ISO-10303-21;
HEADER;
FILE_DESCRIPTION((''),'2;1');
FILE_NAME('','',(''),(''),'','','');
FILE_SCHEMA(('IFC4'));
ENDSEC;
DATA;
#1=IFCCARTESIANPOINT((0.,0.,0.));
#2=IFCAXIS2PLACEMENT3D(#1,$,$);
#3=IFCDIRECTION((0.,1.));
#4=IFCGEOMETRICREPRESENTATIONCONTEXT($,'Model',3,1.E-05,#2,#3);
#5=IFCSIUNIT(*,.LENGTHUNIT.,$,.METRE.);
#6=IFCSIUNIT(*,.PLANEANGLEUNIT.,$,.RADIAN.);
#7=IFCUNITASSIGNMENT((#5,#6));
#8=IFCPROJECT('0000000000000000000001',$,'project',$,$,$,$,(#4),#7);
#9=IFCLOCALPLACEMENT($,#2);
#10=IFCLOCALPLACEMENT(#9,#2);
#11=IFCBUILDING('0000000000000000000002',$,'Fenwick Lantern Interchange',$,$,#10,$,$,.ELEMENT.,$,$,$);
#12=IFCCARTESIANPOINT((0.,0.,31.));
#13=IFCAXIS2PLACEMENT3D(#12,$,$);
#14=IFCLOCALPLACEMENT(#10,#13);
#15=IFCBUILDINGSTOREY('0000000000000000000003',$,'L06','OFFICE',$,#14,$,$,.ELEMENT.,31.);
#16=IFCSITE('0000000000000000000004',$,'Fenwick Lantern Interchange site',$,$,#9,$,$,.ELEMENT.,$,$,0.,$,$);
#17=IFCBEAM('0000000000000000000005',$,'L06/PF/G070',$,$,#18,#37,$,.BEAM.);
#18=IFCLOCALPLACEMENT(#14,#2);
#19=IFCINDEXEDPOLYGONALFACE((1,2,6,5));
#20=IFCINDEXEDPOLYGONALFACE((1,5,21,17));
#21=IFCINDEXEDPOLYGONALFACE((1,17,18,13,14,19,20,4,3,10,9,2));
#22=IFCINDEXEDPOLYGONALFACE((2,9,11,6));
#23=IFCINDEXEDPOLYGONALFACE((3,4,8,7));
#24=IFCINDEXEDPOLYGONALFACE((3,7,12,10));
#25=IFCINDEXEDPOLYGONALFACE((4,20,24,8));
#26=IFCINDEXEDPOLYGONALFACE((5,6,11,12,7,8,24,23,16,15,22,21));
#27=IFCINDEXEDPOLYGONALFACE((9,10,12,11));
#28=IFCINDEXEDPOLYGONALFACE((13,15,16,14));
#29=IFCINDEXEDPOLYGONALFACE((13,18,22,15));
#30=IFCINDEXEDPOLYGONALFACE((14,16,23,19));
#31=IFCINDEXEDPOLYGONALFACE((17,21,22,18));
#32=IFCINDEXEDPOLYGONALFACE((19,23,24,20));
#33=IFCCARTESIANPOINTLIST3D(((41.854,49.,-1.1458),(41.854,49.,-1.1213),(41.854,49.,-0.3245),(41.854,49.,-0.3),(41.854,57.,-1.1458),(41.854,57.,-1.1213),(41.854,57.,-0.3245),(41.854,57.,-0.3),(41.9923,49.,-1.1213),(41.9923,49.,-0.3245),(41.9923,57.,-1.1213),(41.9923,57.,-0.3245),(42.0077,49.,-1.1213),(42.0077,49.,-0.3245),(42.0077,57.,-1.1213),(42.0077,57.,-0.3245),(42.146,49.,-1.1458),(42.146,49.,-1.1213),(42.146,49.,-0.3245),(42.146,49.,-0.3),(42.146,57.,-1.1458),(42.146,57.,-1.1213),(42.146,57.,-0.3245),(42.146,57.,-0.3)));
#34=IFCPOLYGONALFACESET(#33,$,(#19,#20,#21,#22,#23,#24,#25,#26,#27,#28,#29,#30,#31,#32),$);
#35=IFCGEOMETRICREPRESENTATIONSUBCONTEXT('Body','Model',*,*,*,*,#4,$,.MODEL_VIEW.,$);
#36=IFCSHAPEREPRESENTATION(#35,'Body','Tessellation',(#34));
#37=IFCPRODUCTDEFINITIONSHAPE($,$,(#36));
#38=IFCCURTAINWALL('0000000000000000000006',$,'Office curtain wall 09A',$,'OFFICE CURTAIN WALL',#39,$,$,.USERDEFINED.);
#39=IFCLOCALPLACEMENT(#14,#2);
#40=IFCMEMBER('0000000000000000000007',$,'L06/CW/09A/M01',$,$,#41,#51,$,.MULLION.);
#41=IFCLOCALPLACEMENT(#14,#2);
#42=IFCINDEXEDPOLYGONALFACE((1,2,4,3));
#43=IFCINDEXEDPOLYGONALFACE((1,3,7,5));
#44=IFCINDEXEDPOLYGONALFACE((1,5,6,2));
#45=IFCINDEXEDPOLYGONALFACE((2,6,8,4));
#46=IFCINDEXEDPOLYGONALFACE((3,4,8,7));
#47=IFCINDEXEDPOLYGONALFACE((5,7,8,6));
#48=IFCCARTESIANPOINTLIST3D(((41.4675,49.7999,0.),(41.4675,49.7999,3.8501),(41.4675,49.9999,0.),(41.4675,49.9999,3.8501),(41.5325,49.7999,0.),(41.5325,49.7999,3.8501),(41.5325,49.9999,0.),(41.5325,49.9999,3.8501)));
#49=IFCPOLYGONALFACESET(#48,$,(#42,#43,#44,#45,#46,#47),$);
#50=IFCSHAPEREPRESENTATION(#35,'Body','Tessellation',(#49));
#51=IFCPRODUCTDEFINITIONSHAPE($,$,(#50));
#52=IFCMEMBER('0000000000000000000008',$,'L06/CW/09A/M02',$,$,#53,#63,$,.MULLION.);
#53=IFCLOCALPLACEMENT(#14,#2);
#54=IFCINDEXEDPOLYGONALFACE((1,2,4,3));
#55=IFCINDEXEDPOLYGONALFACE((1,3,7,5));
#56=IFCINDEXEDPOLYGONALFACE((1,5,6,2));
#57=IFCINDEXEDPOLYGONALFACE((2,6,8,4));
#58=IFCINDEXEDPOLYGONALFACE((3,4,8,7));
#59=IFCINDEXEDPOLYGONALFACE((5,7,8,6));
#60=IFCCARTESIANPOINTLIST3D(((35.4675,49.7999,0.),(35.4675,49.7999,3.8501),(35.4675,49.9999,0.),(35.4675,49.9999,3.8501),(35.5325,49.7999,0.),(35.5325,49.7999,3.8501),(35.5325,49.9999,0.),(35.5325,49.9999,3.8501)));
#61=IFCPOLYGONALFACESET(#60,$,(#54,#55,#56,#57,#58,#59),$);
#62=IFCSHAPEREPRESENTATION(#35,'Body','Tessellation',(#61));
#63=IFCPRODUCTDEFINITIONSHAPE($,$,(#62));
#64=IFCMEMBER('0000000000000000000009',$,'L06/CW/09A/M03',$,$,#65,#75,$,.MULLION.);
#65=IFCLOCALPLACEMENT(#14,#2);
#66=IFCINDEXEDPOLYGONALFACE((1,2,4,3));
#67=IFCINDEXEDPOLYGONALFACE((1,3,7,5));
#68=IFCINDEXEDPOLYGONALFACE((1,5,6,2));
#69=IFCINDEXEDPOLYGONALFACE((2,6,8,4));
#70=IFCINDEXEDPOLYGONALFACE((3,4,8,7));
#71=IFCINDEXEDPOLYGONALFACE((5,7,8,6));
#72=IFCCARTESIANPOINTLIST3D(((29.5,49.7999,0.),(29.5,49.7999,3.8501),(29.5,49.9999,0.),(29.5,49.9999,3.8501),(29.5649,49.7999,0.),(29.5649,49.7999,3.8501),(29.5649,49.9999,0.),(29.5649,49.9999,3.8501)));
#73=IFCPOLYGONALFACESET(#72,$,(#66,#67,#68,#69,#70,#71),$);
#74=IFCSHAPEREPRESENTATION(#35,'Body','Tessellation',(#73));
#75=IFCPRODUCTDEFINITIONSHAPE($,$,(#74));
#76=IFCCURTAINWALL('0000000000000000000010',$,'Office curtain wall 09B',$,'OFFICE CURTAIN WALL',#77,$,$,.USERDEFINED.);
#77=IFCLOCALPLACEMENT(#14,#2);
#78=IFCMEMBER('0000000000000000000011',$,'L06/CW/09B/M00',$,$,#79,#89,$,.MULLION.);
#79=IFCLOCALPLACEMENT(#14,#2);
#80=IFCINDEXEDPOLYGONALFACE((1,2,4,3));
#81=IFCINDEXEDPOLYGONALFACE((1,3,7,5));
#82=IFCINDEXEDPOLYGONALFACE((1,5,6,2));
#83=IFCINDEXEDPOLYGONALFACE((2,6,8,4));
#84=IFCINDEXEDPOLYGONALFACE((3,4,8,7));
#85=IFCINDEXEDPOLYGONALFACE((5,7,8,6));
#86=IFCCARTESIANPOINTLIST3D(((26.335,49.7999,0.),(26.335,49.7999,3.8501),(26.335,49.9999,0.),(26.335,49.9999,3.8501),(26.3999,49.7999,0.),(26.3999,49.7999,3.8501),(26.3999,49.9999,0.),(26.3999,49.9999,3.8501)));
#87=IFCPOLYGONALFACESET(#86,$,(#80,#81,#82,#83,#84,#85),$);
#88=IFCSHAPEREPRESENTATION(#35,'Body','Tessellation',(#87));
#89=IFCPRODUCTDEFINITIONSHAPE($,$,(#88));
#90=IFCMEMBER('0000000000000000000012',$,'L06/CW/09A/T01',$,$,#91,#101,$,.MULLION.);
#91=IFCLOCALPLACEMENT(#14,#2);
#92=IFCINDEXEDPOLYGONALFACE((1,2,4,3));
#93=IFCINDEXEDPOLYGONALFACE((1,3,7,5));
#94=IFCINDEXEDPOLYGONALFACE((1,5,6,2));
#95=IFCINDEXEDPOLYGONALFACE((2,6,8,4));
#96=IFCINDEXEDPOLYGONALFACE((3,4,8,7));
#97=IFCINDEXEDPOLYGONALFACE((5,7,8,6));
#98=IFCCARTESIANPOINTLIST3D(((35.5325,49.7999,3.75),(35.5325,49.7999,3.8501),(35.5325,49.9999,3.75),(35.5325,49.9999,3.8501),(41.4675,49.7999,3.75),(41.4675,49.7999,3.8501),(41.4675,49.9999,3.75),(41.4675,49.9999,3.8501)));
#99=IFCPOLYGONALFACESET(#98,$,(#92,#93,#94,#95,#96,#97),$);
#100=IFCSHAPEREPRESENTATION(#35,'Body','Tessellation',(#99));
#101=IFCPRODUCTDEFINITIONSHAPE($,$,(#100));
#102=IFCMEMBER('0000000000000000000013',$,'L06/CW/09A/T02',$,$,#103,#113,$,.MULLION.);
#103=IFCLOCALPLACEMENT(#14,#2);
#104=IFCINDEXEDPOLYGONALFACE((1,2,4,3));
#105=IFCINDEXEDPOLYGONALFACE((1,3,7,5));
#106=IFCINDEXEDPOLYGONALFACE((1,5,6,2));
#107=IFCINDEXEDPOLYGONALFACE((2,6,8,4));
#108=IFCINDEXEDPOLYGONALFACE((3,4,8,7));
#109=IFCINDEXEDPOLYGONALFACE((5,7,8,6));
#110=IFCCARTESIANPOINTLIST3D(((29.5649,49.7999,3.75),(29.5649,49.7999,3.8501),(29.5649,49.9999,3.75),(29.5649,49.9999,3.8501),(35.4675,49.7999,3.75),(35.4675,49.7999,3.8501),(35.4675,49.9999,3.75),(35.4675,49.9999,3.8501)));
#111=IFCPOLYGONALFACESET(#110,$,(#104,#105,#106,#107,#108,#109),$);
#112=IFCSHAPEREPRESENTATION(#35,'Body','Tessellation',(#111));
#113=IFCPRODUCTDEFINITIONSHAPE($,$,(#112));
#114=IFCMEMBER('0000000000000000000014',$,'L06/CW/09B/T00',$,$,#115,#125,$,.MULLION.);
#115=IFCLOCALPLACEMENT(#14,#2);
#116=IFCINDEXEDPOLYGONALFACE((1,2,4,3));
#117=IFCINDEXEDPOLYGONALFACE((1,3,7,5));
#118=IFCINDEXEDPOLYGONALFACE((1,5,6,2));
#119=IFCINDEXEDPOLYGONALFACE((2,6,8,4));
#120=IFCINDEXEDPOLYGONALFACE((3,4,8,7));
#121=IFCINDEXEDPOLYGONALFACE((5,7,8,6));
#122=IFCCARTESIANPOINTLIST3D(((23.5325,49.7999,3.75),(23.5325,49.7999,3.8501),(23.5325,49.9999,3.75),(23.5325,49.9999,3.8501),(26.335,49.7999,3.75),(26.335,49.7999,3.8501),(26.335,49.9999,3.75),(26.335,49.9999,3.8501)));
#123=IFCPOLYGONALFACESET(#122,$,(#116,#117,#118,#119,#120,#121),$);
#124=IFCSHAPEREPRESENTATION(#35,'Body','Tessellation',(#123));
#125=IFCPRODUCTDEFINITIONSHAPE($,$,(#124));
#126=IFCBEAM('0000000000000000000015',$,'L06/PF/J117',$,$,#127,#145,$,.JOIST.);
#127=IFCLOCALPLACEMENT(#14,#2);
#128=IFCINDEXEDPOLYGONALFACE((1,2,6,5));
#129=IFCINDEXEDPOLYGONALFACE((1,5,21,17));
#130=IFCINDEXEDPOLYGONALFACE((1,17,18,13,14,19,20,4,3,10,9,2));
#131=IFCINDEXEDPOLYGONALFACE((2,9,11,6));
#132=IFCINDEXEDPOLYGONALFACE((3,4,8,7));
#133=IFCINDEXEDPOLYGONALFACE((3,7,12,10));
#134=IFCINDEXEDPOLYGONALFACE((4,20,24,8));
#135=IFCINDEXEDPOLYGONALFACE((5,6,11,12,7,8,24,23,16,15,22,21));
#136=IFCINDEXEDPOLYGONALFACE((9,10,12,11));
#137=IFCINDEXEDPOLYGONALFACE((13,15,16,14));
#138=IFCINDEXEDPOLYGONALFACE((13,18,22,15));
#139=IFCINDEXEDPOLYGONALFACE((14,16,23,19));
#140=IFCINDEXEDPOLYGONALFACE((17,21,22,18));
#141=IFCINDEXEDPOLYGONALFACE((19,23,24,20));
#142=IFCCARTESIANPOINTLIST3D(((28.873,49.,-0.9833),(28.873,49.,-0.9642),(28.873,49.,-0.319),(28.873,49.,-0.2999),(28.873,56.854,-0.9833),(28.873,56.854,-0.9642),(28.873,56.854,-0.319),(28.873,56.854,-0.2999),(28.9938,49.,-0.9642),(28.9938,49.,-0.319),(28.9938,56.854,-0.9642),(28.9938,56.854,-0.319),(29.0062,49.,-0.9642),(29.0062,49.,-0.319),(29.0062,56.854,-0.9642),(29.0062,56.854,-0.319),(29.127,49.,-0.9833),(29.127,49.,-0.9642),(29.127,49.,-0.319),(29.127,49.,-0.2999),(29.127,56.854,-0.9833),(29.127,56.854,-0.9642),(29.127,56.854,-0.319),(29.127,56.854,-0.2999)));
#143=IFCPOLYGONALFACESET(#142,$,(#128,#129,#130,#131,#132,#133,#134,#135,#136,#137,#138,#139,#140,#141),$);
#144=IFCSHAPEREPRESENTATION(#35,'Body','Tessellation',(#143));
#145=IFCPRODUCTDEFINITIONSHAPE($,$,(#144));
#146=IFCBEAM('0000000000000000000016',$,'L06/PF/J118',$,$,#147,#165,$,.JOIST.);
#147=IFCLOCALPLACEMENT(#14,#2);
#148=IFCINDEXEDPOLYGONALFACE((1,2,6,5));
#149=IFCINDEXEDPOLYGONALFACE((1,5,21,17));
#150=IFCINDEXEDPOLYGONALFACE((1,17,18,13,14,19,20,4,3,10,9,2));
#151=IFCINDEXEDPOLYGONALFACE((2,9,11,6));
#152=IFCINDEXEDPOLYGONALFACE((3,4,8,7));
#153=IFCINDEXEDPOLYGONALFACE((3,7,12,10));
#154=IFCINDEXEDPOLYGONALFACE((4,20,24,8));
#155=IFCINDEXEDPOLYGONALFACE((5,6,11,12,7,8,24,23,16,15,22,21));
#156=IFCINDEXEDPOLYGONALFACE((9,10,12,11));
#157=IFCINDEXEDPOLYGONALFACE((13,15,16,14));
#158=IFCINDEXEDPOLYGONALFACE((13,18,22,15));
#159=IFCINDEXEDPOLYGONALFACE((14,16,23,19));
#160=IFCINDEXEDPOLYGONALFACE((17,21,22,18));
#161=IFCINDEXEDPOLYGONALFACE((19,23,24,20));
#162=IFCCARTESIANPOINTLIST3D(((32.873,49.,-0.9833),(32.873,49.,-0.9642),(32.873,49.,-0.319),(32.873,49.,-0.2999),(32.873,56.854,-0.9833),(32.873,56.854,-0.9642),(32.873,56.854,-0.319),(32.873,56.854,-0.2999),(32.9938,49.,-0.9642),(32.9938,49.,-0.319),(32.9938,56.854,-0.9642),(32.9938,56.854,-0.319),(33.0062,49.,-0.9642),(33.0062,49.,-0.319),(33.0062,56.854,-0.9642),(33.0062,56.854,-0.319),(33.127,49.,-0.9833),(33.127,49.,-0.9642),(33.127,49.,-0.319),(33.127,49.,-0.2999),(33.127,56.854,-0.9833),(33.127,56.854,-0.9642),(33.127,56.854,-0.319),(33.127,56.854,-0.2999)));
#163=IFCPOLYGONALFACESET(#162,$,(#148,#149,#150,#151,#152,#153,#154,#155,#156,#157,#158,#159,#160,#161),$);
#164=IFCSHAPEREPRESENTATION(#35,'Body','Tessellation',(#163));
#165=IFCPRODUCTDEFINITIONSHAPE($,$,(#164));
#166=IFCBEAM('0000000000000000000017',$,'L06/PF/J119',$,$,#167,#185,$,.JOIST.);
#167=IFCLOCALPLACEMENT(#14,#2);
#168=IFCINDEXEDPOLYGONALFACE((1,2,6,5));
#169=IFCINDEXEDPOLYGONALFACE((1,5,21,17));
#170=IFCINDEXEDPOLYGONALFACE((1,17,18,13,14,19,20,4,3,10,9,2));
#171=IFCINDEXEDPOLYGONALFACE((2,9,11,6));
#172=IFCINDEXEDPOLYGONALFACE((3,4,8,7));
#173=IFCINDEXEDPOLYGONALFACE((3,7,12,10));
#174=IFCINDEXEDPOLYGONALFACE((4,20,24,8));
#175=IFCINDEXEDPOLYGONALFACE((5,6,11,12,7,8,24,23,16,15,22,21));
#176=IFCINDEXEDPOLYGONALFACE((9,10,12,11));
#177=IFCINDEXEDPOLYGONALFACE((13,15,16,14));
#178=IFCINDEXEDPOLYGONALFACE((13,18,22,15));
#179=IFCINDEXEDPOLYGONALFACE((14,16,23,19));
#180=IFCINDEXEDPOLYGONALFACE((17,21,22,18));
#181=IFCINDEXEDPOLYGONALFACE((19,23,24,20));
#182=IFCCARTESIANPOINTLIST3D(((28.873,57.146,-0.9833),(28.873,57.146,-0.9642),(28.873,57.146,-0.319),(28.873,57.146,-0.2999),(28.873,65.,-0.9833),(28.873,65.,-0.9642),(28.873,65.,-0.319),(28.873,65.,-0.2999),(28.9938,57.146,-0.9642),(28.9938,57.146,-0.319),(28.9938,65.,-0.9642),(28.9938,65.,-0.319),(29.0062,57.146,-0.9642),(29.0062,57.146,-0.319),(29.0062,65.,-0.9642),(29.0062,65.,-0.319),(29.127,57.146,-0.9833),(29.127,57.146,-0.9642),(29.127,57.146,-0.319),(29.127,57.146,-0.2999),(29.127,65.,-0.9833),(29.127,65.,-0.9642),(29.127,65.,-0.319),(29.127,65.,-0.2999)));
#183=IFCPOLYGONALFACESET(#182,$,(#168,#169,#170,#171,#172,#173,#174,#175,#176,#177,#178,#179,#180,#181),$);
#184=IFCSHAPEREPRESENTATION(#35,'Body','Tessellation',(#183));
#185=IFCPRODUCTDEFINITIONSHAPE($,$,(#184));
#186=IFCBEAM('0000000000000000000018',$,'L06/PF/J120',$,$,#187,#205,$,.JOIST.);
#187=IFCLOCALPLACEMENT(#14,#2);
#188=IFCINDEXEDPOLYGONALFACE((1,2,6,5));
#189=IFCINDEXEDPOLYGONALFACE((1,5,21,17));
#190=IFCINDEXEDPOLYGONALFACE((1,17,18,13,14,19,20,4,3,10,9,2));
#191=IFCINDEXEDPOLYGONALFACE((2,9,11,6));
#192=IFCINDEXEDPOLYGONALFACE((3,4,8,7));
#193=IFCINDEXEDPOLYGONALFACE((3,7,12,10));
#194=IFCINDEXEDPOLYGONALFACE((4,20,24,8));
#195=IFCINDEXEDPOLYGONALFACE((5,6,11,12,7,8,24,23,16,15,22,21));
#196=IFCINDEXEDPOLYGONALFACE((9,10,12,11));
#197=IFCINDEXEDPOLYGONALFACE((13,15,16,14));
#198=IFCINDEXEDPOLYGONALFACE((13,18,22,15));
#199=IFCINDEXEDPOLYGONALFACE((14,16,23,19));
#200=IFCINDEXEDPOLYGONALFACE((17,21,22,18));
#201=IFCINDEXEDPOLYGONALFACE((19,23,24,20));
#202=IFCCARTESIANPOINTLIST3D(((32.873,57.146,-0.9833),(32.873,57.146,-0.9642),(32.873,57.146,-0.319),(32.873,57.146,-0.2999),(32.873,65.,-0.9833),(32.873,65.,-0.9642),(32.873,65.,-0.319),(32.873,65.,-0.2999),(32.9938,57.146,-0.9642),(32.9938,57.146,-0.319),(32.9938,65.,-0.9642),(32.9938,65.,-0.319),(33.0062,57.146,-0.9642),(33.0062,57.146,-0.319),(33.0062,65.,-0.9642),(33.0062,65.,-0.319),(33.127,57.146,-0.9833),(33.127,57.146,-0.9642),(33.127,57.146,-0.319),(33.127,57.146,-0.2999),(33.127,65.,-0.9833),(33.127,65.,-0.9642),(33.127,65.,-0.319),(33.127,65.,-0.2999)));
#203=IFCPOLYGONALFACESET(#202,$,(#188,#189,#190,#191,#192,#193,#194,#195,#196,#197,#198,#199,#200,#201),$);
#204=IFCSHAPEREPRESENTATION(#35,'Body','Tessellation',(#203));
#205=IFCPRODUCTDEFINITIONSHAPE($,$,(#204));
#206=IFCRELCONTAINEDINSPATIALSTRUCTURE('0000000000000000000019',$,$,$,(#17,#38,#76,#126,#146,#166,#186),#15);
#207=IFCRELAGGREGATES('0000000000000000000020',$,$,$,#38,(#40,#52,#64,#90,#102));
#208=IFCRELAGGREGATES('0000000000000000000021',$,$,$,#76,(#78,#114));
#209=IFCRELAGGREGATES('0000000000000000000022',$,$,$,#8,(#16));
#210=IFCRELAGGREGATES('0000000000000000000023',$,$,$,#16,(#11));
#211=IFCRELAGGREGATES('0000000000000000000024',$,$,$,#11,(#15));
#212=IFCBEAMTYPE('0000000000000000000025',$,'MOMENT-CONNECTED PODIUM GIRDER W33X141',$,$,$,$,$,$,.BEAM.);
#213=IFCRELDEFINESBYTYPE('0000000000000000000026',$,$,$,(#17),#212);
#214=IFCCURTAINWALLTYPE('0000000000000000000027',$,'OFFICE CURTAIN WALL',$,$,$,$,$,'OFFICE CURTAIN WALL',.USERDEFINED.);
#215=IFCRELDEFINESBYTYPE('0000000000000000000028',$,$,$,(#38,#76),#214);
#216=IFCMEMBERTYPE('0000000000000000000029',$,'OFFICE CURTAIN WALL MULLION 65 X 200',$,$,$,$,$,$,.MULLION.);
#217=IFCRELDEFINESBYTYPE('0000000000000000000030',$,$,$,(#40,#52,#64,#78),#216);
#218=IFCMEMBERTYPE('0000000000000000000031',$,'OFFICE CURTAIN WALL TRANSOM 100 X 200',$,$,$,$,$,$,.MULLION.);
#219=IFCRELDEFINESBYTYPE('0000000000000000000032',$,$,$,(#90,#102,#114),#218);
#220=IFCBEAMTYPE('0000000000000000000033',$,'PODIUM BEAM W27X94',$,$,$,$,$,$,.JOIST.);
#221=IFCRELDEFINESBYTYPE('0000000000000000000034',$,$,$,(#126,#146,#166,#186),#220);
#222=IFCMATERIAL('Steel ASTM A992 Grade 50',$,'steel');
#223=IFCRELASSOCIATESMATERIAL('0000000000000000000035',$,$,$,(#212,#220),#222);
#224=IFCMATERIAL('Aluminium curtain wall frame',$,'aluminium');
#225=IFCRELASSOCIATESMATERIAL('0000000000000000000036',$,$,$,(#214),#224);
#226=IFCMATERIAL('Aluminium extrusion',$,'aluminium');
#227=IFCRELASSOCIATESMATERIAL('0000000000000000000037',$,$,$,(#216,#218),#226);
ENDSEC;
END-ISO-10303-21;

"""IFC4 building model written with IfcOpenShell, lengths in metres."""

from ifc_helpers import new_model, si_unit, direction, frame, origin, origin_2d, place, context, subcontext, project, spatial, rectangle, i_section, extrude, material, material_profile, profile_set, type_object, element, aggregate, save


model = new_model("IFC4")

# Units and contexts
model_context = context("Model", 3, precision=1e-05, world=origin(), true_north=direction((0.0, 1.0)))
body_context = subcontext(model_context, "Body", "Model", "MODEL_VIEW")
ifc_project = project(units=[si_unit("LENGTHUNIT", "METRE"), si_unit("PLANEANGLEUNIT", "RADIAN")], contexts=[model_context])

# Site, building, storey
site_placement = place(None, origin())
site = spatial("IfcSite", under=ifc_project, at=site_placement, Name="Fenwick Lantern Interchange site", CompositionType="ELEMENT", RefElevation=0.0)
building_placement = place(site_placement, origin())
building = spatial("IfcBuilding", under=site, at=building_placement, Name="Fenwick Lantern Interchange", CompositionType="ELEMENT")
storey_placement = place(building_placement, frame((0.0, 0.0, 31.0)))
storey = spatial("IfcBuildingStorey", under=building, at=storey_placement, Name="L06", Description="OFFICE", CompositionType="ELEMENT", Elevation=31.0)

# Shared definitions
ifc_material_1 = material(Name="Steel ASTM A992 Grade 50", Category="steel")

# Beam
ifc_material_profile_1 = material_profile(ifc_material_1, i_section(OverallWidth=0.292, OverallDepth=0.8457, WebThickness=0.0154, FlangeThickness=0.0244, at=origin_2d()), Name="W33X141")
ifc_profile_set_1 = profile_set([ifc_material_profile_1], Name="Steel ASTM A992 Grade 50")
beam_type_1 = type_object("IfcBeamType", Name="MOMENT-CONNECTED PODIUM GIRDER W33X141", PredefinedType="BEAM", material=ifc_profile_set_1)
for number, where, z_axis, x_axis, name in (
    (1, (42.0, 49.0, -0.7229), (0.0, 1.0, 0.0), (-1.0, 0.0, 0.0), "L06/PF/G070"),
):
    element("IfcBeam", number, at=place(storey_placement, frame(where, z_axis=z_axis, x_axis=x_axis)), inside=storey, type_object=beam_type_1, Name=name, PredefinedType="BEAM", context=body_context, shape_type="SweptSolid", body=[
        extrude(i_section(OverallWidth=0.292, OverallDepth=0.8457, WebThickness=0.0154, FlangeThickness=0.0244, at=origin_2d()), origin(), (0.0, 0.0, 1.0), 8.0),
    ])

# Curtain wall, members
ifc_material_2 = material(Name="Aluminium curtain wall frame", Category="aluminium")
curtain_wall_type = type_object("IfcCurtainWallType", Name="OFFICE CURTAIN WALL", ElementType="OFFICE CURTAIN WALL", PredefinedType="USERDEFINED", material=ifc_material_2)
curtain_wall_1_placement = place(storey_placement, origin())
curtain_wall_1 = element("IfcCurtainWall", 2, at=curtain_wall_1_placement, inside=storey, type_object=curtain_wall_type, Name="Office curtain wall 09A", ObjectType="OFFICE CURTAIN WALL", PredefinedType="USERDEFINED")
ifc_material_3 = material(Name="Aluminium extrusion", Category="aluminium")
ifc_material_profile_2 = material_profile(ifc_material_3, rectangle(XDim=0.2, YDim=0.0649, at=origin_2d()), Name="OFFICE CURTAIN WALL MULLION 65 X 200")
ifc_profile_set_2 = profile_set([ifc_material_profile_2], Name="Aluminium extrusion")
member_type_1 = type_object("IfcMemberType", Name="OFFICE CURTAIN WALL MULLION 65 X 200", PredefinedType="MULLION", material=ifc_profile_set_2)
member_1_placement = place(storey_placement, frame((41.5, 49.8999, 0.0), z_axis=(0.0, 0.0, 1.0), x_axis=(0.0, -1.0, 0.0)))
member_1 = element("IfcMember", 3, at=member_1_placement, type_object=member_type_1, Name="L06/CW/09A/M01", PredefinedType="MULLION", context=body_context, shape_type="SweptSolid", body=[
    extrude(rectangle(XDim=0.2, YDim=0.0649, at=origin_2d()), origin(), (0.0, 0.0, 1.0), 3.8501),
])
member_2_placement = place(storey_placement, frame((35.5, 49.8999, 0.0), z_axis=(0.0, 0.0, 1.0), x_axis=(0.0, -1.0, 0.0)))
member_2 = element("IfcMember", 4, at=member_2_placement, type_object=member_type_1, Name="L06/CW/09A/M02", PredefinedType="MULLION", context=body_context, shape_type="SweptSolid", body=[
    extrude(rectangle(XDim=0.2, YDim=0.0649, at=origin_2d()), origin(), (0.0, 0.0, 1.0), 3.8501),
])
member_3_placement = place(storey_placement, frame((29.5325, 49.8999, 0.0), z_axis=(0.0, 0.0, 1.0), x_axis=(0.0, -1.0, 0.0)))
member_3 = element("IfcMember", 5, at=member_3_placement, type_object=member_type_1, Name="L06/CW/09A/M03", PredefinedType="MULLION", context=body_context, shape_type="SweptSolid", body=[
    extrude(rectangle(XDim=0.2, YDim=0.0649, at=origin_2d()), origin(), (0.0, 0.0, 1.0), 3.8501),
])

# Curtain wall, member
curtain_wall_2_placement = place(storey_placement, origin())
curtain_wall_2 = element("IfcCurtainWall", 6, at=curtain_wall_2_placement, inside=storey, type_object=curtain_wall_type, Name="Office curtain wall 09B", ObjectType="OFFICE CURTAIN WALL", PredefinedType="USERDEFINED")
member_4_placement = place(storey_placement, frame((26.3674, 49.8999, 0.0), z_axis=(0.0, 0.0, 1.0), x_axis=(0.0, -1.0, 0.0)))
member_4 = element("IfcMember", 7, at=member_4_placement, type_object=member_type_1, Name="L06/CW/09B/M00", PredefinedType="MULLION", context=body_context, shape_type="SweptSolid", body=[
    extrude(rectangle(XDim=0.2, YDim=0.0649, at=origin_2d()), origin(), (0.0, 0.0, 1.0), 3.8501),
])

# Members
ifc_material_profile_3 = material_profile(ifc_material_3, rectangle(XDim=0.2, YDim=0.1001, at=origin_2d()), Name="OFFICE CURTAIN WALL TRANSOM 100 X 200")
ifc_profile_set_3 = profile_set([ifc_material_profile_3], Name="Aluminium extrusion")
member_type_2 = type_object("IfcMemberType", Name="OFFICE CURTAIN WALL TRANSOM 100 X 200", PredefinedType="MULLION", material=ifc_profile_set_3)
member_5_placement = place(storey_placement, frame((41.4675, 49.8999, 3.8), z_axis=(-1.0, 0.0, 0.0), x_axis=(0.0, -1.0, 0.0)))
member_5 = element("IfcMember", 8, at=member_5_placement, type_object=member_type_2, Name="L06/CW/09A/T01", PredefinedType="MULLION", context=body_context, shape_type="SweptSolid", body=[
    extrude(rectangle(XDim=0.2, YDim=0.1001, at=origin_2d()), origin(), (0.0, 0.0, 1.0), 5.9351),
])
member_6_placement = place(storey_placement, frame((35.4675, 49.8999, 3.8), z_axis=(-1.0, 0.0, 0.0), x_axis=(0.0, -1.0, 0.0)))
member_6 = element("IfcMember", 9, at=member_6_placement, type_object=member_type_2, Name="L06/CW/09A/T02", PredefinedType="MULLION", context=body_context, shape_type="SweptSolid", body=[
    extrude(rectangle(XDim=0.2, YDim=0.1001, at=origin_2d()), origin(), (0.0, 0.0, 1.0), 5.9026),
])
aggregate(curtain_wall_1, [member_1, member_2, member_3, member_5, member_6])
member_7_placement = place(storey_placement, frame((26.335, 49.8999, 3.8), z_axis=(-1.0, 0.0, 0.0), x_axis=(0.0, -1.0, 0.0)))
member_7 = element("IfcMember", 10, at=member_7_placement, type_object=member_type_2, Name="L06/CW/09B/T00", PredefinedType="MULLION", context=body_context, shape_type="SweptSolid", body=[
    extrude(rectangle(XDim=0.2, YDim=0.1001, at=origin_2d()), origin(), (0.0, 0.0, 1.0), 2.8025),
])

# Beams
ifc_material_profile_4 = material_profile(ifc_material_1, i_section(OverallWidth=0.2539, OverallDepth=0.6833, WebThickness=0.0125, FlangeThickness=0.019, at=origin_2d()), Name="W27X94")
ifc_profile_set_4 = profile_set([ifc_material_profile_4], Name="Steel ASTM A992 Grade 50")
beam_type_2 = type_object("IfcBeamType", Name="PODIUM BEAM W27X94", PredefinedType="JOIST", material=ifc_profile_set_4)
for number, where, z_axis, x_axis, name in (
    (11, (29.0, 49.0, -0.6416), (0.0, 1.0, 0.0), (-1.0, 0.0, 0.0), "L06/PF/J117"),
    (12, (33.0, 49.0, -0.6416), (0.0, 1.0, 0.0), (-1.0, 0.0, 0.0), "L06/PF/J118"),
    (13, (29.0, 57.146, -0.6416), (0.0, 1.0, 0.0), (-1.0, 0.0, 0.0), "L06/PF/J119"),
    (14, (33.0, 57.146, -0.6416), (0.0, 1.0, 0.0), (-1.0, 0.0, 0.0), "L06/PF/J120"),
):
    element("IfcBeam", number, at=place(storey_placement, frame(where, z_axis=z_axis, x_axis=x_axis)), inside=storey, type_object=beam_type_2, Name=name, PredefinedType="JOIST", context=body_context, shape_type="SweptSolid", body=[
        extrude(i_section(OverallWidth=0.2539, OverallDepth=0.6833, WebThickness=0.0125, FlangeThickness=0.019, at=origin_2d()), origin(), (0.0, 0.0, 1.0), 7.854),
    ])

aggregate(curtain_wall_2, [member_4, member_7])

save(model, "model.ifc")
